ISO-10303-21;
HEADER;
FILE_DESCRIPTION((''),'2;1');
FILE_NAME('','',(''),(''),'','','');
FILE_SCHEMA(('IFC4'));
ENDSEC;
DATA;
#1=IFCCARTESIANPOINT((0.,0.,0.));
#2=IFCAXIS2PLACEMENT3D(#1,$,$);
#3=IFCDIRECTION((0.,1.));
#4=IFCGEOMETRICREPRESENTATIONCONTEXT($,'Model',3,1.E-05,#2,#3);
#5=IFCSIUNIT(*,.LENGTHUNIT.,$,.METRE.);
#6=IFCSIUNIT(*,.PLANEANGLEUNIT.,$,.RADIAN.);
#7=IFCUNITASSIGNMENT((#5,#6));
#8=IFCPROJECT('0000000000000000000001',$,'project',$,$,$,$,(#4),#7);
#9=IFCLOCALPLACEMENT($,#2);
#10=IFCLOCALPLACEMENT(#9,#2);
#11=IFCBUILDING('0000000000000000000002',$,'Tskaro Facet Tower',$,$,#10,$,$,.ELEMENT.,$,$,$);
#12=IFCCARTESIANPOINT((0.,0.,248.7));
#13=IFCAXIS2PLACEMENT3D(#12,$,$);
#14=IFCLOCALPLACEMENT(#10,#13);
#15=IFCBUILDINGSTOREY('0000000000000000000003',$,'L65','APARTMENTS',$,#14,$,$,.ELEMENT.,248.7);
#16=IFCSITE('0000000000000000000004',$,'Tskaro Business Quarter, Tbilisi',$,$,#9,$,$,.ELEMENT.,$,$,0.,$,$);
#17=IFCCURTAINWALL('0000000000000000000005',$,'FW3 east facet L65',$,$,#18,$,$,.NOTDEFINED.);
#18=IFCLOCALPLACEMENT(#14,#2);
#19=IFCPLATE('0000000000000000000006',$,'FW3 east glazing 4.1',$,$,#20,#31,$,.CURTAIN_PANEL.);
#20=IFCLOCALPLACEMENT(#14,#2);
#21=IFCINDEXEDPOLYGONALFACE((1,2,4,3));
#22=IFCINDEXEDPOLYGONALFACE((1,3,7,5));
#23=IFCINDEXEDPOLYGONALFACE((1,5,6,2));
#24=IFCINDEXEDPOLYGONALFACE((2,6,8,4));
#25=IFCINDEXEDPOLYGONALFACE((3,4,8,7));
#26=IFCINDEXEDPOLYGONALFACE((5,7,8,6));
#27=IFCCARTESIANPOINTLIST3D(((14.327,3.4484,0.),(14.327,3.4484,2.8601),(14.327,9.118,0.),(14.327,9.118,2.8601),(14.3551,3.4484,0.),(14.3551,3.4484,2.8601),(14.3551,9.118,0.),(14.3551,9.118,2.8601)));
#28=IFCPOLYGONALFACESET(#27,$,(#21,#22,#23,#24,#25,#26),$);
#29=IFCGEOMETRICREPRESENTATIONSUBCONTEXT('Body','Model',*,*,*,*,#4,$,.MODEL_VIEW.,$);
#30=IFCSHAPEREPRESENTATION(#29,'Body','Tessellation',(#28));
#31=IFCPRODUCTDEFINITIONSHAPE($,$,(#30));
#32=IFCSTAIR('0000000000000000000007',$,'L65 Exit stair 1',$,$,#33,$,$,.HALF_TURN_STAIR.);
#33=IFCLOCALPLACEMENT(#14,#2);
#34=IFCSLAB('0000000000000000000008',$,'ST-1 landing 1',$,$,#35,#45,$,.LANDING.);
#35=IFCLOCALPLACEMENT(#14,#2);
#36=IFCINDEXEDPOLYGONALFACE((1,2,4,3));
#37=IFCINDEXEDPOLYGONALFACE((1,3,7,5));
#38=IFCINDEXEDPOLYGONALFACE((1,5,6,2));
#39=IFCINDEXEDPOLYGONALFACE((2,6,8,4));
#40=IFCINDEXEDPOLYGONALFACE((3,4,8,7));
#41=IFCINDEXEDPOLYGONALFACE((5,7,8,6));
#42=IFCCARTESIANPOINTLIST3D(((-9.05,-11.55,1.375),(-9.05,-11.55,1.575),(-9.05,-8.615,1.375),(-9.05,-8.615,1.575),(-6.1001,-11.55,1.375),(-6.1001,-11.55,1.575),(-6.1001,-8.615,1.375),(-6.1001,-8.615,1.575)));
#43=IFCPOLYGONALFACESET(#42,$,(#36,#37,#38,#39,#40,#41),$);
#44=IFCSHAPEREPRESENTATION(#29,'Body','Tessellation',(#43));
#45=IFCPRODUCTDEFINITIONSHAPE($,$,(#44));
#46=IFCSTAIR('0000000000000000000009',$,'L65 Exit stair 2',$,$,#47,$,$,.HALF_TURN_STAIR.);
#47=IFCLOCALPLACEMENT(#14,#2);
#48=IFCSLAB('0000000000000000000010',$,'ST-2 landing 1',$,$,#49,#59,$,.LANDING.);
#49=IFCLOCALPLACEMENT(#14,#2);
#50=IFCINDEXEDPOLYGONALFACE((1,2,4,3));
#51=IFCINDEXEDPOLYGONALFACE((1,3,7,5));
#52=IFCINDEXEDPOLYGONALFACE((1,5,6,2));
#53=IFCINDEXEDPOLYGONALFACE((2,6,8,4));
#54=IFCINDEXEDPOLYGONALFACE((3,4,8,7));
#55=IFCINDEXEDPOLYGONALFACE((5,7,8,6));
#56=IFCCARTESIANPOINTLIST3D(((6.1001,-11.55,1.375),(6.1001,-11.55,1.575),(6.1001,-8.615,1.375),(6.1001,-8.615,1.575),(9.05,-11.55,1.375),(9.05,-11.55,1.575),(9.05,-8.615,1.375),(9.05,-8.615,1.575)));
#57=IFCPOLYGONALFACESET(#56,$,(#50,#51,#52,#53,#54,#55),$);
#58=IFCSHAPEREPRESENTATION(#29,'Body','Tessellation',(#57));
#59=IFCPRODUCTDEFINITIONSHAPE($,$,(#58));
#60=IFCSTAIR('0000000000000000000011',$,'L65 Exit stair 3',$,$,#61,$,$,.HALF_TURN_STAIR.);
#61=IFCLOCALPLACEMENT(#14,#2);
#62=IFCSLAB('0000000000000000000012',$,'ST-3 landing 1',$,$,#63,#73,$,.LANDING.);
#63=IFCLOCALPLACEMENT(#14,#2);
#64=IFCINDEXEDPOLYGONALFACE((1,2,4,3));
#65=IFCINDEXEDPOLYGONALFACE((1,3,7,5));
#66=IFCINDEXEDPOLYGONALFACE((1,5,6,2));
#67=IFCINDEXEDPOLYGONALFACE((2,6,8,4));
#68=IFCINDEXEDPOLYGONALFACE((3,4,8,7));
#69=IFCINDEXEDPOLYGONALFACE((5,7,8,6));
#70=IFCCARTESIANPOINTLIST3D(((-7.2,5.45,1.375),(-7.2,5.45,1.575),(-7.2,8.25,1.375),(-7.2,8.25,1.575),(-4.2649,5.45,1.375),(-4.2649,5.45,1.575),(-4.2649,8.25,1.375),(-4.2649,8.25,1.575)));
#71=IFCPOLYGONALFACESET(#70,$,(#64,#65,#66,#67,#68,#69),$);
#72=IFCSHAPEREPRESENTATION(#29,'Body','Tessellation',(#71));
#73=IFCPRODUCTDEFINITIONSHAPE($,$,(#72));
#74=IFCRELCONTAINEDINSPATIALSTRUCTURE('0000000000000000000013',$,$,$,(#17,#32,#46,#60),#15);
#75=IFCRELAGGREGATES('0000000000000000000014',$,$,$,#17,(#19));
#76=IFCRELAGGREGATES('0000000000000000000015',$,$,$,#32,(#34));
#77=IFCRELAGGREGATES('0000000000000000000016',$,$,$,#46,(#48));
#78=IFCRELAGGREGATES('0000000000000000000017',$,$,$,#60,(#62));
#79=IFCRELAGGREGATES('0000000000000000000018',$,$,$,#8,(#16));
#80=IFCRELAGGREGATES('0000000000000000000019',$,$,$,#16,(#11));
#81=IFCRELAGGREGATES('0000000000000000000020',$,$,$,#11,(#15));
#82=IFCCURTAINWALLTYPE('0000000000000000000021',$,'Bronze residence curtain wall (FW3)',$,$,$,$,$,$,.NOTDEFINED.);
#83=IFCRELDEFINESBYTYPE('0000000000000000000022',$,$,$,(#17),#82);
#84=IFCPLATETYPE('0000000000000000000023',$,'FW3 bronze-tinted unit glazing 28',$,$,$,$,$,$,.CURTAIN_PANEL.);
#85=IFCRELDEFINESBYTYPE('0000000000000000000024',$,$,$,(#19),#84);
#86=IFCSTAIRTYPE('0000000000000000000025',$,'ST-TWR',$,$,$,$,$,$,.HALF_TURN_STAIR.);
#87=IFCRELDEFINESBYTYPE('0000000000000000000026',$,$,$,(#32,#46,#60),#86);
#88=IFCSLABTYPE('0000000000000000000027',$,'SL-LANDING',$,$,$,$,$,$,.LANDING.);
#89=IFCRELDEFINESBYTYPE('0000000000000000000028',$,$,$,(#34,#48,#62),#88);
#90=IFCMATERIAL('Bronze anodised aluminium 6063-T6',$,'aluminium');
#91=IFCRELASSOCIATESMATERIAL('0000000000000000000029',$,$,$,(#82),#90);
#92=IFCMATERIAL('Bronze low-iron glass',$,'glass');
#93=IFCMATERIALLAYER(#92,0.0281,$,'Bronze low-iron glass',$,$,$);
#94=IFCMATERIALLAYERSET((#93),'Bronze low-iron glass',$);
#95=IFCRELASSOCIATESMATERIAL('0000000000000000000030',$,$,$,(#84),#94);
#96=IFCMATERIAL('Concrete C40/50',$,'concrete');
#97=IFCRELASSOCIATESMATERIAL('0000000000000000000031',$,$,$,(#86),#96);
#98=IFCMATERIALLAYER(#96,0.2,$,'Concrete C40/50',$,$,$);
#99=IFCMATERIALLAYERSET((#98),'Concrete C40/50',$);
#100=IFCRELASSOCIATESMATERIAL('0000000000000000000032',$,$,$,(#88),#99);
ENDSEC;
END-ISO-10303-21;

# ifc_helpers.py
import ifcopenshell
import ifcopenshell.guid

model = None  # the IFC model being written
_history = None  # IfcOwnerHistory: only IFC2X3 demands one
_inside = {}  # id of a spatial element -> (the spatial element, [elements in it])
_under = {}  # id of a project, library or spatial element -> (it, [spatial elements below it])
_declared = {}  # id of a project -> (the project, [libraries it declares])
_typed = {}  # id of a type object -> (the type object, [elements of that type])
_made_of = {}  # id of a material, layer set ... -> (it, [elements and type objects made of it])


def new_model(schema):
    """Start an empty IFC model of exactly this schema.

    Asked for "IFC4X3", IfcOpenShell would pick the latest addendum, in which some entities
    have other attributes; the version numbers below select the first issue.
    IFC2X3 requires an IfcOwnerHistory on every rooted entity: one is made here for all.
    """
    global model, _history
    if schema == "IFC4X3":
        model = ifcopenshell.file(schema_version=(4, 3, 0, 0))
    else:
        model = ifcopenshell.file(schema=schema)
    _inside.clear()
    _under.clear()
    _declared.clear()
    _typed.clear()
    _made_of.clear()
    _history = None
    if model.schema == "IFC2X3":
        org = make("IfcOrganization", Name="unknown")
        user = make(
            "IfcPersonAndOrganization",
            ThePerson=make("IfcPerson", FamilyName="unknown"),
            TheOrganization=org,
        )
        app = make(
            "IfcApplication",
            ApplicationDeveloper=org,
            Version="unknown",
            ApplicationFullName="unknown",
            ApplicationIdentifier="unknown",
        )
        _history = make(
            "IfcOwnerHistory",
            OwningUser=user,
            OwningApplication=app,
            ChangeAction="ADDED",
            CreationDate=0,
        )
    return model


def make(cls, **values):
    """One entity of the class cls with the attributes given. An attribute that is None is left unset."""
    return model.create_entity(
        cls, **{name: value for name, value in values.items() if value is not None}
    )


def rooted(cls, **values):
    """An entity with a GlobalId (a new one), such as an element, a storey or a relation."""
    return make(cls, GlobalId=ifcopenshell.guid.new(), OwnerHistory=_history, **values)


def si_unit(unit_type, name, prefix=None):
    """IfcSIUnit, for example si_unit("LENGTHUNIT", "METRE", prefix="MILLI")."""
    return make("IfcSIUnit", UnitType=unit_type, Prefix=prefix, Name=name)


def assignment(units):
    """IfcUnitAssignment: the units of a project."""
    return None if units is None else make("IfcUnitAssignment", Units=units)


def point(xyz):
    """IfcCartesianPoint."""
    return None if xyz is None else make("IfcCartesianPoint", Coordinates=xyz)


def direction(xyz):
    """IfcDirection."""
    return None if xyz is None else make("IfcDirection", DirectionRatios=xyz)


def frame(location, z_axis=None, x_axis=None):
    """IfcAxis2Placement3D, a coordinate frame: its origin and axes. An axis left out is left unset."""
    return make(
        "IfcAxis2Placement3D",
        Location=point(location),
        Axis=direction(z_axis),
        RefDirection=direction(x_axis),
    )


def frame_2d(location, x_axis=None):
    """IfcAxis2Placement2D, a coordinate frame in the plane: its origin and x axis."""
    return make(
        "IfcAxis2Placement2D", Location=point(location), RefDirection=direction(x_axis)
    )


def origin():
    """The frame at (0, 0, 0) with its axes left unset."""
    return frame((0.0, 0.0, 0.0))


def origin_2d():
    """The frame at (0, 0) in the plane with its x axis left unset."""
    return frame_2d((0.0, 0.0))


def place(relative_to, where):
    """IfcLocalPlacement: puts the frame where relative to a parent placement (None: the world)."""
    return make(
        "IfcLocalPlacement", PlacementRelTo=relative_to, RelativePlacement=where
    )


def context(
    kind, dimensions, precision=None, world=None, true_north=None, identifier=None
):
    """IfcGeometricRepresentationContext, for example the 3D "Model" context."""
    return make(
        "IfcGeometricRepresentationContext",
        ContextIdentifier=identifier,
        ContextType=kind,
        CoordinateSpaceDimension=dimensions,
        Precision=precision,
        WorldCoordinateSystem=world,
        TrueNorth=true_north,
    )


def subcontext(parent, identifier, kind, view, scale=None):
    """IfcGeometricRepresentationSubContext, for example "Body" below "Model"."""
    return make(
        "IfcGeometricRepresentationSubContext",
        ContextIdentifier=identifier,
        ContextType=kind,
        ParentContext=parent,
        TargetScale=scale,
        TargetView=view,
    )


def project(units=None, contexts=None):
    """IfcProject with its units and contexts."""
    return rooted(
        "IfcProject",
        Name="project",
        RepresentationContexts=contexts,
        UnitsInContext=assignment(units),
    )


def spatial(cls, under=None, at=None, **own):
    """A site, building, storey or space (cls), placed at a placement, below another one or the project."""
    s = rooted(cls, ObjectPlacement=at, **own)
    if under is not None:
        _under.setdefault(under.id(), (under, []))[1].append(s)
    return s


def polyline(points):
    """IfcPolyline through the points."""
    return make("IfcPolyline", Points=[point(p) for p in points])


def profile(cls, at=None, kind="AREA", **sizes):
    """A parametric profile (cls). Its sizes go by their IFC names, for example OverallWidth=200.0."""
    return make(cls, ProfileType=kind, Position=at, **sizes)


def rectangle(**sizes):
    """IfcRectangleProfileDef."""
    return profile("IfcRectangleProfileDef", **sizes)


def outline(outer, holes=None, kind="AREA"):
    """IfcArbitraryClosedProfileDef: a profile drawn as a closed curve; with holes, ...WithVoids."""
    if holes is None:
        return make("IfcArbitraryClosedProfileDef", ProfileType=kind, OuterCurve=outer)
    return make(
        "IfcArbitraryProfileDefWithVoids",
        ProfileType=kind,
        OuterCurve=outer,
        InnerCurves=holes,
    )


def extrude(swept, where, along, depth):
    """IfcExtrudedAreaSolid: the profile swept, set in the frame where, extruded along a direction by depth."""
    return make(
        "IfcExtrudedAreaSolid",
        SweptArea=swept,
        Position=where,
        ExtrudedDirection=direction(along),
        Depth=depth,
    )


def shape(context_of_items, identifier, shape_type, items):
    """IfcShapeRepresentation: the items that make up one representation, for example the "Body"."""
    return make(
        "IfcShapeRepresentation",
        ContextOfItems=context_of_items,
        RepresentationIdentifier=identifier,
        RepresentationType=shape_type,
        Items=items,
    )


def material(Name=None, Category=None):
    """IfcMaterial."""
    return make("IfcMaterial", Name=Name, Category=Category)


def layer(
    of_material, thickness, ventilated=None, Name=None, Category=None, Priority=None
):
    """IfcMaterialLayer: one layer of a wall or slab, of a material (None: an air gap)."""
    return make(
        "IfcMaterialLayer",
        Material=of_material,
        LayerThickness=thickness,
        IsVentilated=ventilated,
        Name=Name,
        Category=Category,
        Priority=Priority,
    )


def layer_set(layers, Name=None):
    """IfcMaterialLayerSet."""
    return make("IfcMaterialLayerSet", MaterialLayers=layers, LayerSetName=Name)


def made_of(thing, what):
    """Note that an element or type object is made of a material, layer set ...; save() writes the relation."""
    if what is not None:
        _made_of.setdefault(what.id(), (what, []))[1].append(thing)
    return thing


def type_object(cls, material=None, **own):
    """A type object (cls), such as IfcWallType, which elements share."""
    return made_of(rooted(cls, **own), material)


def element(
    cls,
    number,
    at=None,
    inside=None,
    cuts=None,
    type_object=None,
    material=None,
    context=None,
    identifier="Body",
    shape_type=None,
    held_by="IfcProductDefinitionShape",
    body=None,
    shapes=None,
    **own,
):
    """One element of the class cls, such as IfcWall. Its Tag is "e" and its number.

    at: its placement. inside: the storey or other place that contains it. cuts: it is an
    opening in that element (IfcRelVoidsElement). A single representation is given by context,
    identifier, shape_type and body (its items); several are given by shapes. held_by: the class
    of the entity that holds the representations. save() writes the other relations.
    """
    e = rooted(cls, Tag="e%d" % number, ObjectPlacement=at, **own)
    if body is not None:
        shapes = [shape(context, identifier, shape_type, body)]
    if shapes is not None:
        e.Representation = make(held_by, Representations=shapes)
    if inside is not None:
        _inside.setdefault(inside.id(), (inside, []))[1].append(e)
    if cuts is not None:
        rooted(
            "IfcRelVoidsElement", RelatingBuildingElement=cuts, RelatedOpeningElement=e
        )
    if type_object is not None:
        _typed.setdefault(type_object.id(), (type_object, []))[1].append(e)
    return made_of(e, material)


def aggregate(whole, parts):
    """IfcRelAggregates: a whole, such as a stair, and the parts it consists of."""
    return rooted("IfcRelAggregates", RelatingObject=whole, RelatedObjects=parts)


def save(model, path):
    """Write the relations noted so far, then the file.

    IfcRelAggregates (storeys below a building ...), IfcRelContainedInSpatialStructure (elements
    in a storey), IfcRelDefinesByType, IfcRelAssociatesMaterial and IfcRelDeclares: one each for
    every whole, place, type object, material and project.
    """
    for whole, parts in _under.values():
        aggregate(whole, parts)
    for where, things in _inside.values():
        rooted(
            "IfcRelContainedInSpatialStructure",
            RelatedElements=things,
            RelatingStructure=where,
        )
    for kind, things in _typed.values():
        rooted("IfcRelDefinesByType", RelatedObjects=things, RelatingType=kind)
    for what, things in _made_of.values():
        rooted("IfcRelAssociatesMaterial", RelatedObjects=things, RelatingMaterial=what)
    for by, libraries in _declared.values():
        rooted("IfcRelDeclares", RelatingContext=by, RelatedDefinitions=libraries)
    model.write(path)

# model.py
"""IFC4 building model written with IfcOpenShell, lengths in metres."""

from ifc_helpers import new_model, si_unit, direction, frame, origin, origin_2d, place, context, subcontext, project, spatial, polyline, rectangle, outline, extrude, material, layer, layer_set, type_object, element, aggregate, save


model = new_model("IFC4")

# Units and contexts
model_context = context("Model", 3, precision=1e-05, world=origin(), true_north=direction((0.0, 1.0)))
body_context = subcontext(model_context, "Body", "Model", "MODEL_VIEW")
ifc_project = project(units=[si_unit("LENGTHUNIT", "METRE"), si_unit("PLANEANGLEUNIT", "RADIAN")], contexts=[model_context])

# Site, building, storey
site_placement = place(None, origin())
site = spatial("IfcSite", under=ifc_project, at=site_placement, Name="Tskaro Business Quarter, Tbilisi", CompositionType="ELEMENT", RefElevation=0.0)
building_placement = place(site_placement, origin())
building = spatial("IfcBuilding", under=site, at=building_placement, Name="Tskaro Facet Tower", CompositionType="ELEMENT")
storey_placement = place(building_placement, frame((0.0, 0.0, 248.7)))
storey = spatial("IfcBuildingStorey", under=building, at=storey_placement, Name="L65", Description="APARTMENTS", CompositionType="ELEMENT", Elevation=248.7)

# Shared definitions
ifc_material_1 = material(Name="Bronze anodised aluminium 6063-T6", Category="aluminium")
curtain_wall_type = type_object("IfcCurtainWallType", Name="Bronze residence curtain wall (FW3)", PredefinedType="NOTDEFINED", material=ifc_material_1)

# Curtain wall
curtain_wall_1_placement = place(storey_placement, origin())
curtain_wall_1 = element("IfcCurtainWall", 1, at=curtain_wall_1_placement, inside=storey, type_object=curtain_wall_type, Name="FW3 east facet L65", PredefinedType="NOTDEFINED")

# Plate
ifc_material_2 = material(Name="Bronze low-iron glass", Category="glass")
ifc_layer_1 = layer(ifc_material_2, 0.0281, Name="Bronze low-iron glass")
ifc_layer_set_1 = layer_set([ifc_layer_1], Name="Bronze low-iron glass")
plate_type = type_object("IfcPlateType", Name="FW3 bronze-tinted unit glazing 28", PredefinedType="CURTAIN_PANEL", material=ifc_layer_set_1)
plate_1_placement = place(storey_placement, frame((14.3411, 6.2832, 0.0), z_axis=(0.0, 0.0, 1.0), x_axis=(0.0, 1.0, 0.0)))
plate_1 = element("IfcPlate", 2, at=plate_1_placement, type_object=plate_type, Name="FW3 east glazing 4.1", PredefinedType="CURTAIN_PANEL", context=body_context, shape_type="SweptSolid", body=[
    extrude(rectangle(XDim=5.6697, YDim=0.0281, at=origin_2d()), origin(), (0.0, 0.0, 1.0), 2.8601),
])
aggregate(curtain_wall_1, [plate_1])

# Stairs, slabs
ifc_material_3 = material(Name="Concrete C40/50", Category="concrete")
stair_type = type_object("IfcStairType", Name="ST-TWR", PredefinedType="HALF_TURN_STAIR", material=ifc_material_3)
stair_1_placement = place(storey_placement, origin())
stair_1 = element("IfcStair", 3, at=stair_1_placement, inside=storey, type_object=stair_type, Name="L65 Exit stair 1", PredefinedType="HALF_TURN_STAIR")
ifc_layer_2 = layer(ifc_material_3, 0.2, Name="Concrete C40/50")
ifc_layer_set_2 = layer_set([ifc_layer_2], Name="Concrete C40/50")
slab_type_1 = type_object("IfcSlabType", Name="SL-LANDING", PredefinedType="LANDING", material=ifc_layer_set_2)
slab_1_placement = place(storey_placement, frame((0.0, 0.0, 1.375)))
slab_1 = element("IfcSlab", 4, at=slab_1_placement, type_object=slab_type_1, Name="ST-1 landing 1", PredefinedType="LANDING", context=body_context, shape_type="SweptSolid", body=[
    extrude(outline(polyline([(-9.05, -11.55), (-6.1001, -11.55), (-6.1001, -8.615), (-9.05, -8.615), (-9.05, -11.55)])), origin(), (0.0, 0.0, 1.0), 0.2),
])
aggregate(stair_1, [slab_1])
stair_2_placement = place(storey_placement, origin())
stair_2 = element("IfcStair", 5, at=stair_2_placement, inside=storey, type_object=stair_type, Name="L65 Exit stair 2", PredefinedType="HALF_TURN_STAIR")
slab_2_placement = place(storey_placement, frame((0.0, 0.0, 1.375)))
slab_2 = element("IfcSlab", 6, at=slab_2_placement, type_object=slab_type_1, Name="ST-2 landing 1", PredefinedType="LANDING", context=body_context, shape_type="SweptSolid", body=[
    extrude(outline(polyline([(6.1001, -11.55), (9.05, -11.55), (9.05, -8.615), (6.1001, -8.615), (6.1001, -11.55)])), origin(), (0.0, 0.0, 1.0), 0.2),
])
aggregate(stair_2, [slab_2])
stair_3_placement = place(storey_placement, origin())
stair_3 = element("IfcStair", 7, at=stair_3_placement, inside=storey, type_object=stair_type, Name="L65 Exit stair 3", PredefinedType="HALF_TURN_STAIR")
slab_3_placement = place(storey_placement, frame((0.0, 0.0, 1.375)))
slab_3 = element("IfcSlab", 8, at=slab_3_placement, type_object=slab_type_1, Name="ST-3 landing 1", PredefinedType="LANDING", context=body_context, shape_type="SweptSolid", body=[
    extrude(outline(polyline([(-7.2, 5.45), (-4.2649, 5.45), (-4.2649, 8.25), (-7.2, 8.25), (-7.2, 5.45)])), origin(), (0.0, 0.0, 1.0), 0.2),
])

aggregate(stair_3, [slab_3])

save(model, "model.ifc")
